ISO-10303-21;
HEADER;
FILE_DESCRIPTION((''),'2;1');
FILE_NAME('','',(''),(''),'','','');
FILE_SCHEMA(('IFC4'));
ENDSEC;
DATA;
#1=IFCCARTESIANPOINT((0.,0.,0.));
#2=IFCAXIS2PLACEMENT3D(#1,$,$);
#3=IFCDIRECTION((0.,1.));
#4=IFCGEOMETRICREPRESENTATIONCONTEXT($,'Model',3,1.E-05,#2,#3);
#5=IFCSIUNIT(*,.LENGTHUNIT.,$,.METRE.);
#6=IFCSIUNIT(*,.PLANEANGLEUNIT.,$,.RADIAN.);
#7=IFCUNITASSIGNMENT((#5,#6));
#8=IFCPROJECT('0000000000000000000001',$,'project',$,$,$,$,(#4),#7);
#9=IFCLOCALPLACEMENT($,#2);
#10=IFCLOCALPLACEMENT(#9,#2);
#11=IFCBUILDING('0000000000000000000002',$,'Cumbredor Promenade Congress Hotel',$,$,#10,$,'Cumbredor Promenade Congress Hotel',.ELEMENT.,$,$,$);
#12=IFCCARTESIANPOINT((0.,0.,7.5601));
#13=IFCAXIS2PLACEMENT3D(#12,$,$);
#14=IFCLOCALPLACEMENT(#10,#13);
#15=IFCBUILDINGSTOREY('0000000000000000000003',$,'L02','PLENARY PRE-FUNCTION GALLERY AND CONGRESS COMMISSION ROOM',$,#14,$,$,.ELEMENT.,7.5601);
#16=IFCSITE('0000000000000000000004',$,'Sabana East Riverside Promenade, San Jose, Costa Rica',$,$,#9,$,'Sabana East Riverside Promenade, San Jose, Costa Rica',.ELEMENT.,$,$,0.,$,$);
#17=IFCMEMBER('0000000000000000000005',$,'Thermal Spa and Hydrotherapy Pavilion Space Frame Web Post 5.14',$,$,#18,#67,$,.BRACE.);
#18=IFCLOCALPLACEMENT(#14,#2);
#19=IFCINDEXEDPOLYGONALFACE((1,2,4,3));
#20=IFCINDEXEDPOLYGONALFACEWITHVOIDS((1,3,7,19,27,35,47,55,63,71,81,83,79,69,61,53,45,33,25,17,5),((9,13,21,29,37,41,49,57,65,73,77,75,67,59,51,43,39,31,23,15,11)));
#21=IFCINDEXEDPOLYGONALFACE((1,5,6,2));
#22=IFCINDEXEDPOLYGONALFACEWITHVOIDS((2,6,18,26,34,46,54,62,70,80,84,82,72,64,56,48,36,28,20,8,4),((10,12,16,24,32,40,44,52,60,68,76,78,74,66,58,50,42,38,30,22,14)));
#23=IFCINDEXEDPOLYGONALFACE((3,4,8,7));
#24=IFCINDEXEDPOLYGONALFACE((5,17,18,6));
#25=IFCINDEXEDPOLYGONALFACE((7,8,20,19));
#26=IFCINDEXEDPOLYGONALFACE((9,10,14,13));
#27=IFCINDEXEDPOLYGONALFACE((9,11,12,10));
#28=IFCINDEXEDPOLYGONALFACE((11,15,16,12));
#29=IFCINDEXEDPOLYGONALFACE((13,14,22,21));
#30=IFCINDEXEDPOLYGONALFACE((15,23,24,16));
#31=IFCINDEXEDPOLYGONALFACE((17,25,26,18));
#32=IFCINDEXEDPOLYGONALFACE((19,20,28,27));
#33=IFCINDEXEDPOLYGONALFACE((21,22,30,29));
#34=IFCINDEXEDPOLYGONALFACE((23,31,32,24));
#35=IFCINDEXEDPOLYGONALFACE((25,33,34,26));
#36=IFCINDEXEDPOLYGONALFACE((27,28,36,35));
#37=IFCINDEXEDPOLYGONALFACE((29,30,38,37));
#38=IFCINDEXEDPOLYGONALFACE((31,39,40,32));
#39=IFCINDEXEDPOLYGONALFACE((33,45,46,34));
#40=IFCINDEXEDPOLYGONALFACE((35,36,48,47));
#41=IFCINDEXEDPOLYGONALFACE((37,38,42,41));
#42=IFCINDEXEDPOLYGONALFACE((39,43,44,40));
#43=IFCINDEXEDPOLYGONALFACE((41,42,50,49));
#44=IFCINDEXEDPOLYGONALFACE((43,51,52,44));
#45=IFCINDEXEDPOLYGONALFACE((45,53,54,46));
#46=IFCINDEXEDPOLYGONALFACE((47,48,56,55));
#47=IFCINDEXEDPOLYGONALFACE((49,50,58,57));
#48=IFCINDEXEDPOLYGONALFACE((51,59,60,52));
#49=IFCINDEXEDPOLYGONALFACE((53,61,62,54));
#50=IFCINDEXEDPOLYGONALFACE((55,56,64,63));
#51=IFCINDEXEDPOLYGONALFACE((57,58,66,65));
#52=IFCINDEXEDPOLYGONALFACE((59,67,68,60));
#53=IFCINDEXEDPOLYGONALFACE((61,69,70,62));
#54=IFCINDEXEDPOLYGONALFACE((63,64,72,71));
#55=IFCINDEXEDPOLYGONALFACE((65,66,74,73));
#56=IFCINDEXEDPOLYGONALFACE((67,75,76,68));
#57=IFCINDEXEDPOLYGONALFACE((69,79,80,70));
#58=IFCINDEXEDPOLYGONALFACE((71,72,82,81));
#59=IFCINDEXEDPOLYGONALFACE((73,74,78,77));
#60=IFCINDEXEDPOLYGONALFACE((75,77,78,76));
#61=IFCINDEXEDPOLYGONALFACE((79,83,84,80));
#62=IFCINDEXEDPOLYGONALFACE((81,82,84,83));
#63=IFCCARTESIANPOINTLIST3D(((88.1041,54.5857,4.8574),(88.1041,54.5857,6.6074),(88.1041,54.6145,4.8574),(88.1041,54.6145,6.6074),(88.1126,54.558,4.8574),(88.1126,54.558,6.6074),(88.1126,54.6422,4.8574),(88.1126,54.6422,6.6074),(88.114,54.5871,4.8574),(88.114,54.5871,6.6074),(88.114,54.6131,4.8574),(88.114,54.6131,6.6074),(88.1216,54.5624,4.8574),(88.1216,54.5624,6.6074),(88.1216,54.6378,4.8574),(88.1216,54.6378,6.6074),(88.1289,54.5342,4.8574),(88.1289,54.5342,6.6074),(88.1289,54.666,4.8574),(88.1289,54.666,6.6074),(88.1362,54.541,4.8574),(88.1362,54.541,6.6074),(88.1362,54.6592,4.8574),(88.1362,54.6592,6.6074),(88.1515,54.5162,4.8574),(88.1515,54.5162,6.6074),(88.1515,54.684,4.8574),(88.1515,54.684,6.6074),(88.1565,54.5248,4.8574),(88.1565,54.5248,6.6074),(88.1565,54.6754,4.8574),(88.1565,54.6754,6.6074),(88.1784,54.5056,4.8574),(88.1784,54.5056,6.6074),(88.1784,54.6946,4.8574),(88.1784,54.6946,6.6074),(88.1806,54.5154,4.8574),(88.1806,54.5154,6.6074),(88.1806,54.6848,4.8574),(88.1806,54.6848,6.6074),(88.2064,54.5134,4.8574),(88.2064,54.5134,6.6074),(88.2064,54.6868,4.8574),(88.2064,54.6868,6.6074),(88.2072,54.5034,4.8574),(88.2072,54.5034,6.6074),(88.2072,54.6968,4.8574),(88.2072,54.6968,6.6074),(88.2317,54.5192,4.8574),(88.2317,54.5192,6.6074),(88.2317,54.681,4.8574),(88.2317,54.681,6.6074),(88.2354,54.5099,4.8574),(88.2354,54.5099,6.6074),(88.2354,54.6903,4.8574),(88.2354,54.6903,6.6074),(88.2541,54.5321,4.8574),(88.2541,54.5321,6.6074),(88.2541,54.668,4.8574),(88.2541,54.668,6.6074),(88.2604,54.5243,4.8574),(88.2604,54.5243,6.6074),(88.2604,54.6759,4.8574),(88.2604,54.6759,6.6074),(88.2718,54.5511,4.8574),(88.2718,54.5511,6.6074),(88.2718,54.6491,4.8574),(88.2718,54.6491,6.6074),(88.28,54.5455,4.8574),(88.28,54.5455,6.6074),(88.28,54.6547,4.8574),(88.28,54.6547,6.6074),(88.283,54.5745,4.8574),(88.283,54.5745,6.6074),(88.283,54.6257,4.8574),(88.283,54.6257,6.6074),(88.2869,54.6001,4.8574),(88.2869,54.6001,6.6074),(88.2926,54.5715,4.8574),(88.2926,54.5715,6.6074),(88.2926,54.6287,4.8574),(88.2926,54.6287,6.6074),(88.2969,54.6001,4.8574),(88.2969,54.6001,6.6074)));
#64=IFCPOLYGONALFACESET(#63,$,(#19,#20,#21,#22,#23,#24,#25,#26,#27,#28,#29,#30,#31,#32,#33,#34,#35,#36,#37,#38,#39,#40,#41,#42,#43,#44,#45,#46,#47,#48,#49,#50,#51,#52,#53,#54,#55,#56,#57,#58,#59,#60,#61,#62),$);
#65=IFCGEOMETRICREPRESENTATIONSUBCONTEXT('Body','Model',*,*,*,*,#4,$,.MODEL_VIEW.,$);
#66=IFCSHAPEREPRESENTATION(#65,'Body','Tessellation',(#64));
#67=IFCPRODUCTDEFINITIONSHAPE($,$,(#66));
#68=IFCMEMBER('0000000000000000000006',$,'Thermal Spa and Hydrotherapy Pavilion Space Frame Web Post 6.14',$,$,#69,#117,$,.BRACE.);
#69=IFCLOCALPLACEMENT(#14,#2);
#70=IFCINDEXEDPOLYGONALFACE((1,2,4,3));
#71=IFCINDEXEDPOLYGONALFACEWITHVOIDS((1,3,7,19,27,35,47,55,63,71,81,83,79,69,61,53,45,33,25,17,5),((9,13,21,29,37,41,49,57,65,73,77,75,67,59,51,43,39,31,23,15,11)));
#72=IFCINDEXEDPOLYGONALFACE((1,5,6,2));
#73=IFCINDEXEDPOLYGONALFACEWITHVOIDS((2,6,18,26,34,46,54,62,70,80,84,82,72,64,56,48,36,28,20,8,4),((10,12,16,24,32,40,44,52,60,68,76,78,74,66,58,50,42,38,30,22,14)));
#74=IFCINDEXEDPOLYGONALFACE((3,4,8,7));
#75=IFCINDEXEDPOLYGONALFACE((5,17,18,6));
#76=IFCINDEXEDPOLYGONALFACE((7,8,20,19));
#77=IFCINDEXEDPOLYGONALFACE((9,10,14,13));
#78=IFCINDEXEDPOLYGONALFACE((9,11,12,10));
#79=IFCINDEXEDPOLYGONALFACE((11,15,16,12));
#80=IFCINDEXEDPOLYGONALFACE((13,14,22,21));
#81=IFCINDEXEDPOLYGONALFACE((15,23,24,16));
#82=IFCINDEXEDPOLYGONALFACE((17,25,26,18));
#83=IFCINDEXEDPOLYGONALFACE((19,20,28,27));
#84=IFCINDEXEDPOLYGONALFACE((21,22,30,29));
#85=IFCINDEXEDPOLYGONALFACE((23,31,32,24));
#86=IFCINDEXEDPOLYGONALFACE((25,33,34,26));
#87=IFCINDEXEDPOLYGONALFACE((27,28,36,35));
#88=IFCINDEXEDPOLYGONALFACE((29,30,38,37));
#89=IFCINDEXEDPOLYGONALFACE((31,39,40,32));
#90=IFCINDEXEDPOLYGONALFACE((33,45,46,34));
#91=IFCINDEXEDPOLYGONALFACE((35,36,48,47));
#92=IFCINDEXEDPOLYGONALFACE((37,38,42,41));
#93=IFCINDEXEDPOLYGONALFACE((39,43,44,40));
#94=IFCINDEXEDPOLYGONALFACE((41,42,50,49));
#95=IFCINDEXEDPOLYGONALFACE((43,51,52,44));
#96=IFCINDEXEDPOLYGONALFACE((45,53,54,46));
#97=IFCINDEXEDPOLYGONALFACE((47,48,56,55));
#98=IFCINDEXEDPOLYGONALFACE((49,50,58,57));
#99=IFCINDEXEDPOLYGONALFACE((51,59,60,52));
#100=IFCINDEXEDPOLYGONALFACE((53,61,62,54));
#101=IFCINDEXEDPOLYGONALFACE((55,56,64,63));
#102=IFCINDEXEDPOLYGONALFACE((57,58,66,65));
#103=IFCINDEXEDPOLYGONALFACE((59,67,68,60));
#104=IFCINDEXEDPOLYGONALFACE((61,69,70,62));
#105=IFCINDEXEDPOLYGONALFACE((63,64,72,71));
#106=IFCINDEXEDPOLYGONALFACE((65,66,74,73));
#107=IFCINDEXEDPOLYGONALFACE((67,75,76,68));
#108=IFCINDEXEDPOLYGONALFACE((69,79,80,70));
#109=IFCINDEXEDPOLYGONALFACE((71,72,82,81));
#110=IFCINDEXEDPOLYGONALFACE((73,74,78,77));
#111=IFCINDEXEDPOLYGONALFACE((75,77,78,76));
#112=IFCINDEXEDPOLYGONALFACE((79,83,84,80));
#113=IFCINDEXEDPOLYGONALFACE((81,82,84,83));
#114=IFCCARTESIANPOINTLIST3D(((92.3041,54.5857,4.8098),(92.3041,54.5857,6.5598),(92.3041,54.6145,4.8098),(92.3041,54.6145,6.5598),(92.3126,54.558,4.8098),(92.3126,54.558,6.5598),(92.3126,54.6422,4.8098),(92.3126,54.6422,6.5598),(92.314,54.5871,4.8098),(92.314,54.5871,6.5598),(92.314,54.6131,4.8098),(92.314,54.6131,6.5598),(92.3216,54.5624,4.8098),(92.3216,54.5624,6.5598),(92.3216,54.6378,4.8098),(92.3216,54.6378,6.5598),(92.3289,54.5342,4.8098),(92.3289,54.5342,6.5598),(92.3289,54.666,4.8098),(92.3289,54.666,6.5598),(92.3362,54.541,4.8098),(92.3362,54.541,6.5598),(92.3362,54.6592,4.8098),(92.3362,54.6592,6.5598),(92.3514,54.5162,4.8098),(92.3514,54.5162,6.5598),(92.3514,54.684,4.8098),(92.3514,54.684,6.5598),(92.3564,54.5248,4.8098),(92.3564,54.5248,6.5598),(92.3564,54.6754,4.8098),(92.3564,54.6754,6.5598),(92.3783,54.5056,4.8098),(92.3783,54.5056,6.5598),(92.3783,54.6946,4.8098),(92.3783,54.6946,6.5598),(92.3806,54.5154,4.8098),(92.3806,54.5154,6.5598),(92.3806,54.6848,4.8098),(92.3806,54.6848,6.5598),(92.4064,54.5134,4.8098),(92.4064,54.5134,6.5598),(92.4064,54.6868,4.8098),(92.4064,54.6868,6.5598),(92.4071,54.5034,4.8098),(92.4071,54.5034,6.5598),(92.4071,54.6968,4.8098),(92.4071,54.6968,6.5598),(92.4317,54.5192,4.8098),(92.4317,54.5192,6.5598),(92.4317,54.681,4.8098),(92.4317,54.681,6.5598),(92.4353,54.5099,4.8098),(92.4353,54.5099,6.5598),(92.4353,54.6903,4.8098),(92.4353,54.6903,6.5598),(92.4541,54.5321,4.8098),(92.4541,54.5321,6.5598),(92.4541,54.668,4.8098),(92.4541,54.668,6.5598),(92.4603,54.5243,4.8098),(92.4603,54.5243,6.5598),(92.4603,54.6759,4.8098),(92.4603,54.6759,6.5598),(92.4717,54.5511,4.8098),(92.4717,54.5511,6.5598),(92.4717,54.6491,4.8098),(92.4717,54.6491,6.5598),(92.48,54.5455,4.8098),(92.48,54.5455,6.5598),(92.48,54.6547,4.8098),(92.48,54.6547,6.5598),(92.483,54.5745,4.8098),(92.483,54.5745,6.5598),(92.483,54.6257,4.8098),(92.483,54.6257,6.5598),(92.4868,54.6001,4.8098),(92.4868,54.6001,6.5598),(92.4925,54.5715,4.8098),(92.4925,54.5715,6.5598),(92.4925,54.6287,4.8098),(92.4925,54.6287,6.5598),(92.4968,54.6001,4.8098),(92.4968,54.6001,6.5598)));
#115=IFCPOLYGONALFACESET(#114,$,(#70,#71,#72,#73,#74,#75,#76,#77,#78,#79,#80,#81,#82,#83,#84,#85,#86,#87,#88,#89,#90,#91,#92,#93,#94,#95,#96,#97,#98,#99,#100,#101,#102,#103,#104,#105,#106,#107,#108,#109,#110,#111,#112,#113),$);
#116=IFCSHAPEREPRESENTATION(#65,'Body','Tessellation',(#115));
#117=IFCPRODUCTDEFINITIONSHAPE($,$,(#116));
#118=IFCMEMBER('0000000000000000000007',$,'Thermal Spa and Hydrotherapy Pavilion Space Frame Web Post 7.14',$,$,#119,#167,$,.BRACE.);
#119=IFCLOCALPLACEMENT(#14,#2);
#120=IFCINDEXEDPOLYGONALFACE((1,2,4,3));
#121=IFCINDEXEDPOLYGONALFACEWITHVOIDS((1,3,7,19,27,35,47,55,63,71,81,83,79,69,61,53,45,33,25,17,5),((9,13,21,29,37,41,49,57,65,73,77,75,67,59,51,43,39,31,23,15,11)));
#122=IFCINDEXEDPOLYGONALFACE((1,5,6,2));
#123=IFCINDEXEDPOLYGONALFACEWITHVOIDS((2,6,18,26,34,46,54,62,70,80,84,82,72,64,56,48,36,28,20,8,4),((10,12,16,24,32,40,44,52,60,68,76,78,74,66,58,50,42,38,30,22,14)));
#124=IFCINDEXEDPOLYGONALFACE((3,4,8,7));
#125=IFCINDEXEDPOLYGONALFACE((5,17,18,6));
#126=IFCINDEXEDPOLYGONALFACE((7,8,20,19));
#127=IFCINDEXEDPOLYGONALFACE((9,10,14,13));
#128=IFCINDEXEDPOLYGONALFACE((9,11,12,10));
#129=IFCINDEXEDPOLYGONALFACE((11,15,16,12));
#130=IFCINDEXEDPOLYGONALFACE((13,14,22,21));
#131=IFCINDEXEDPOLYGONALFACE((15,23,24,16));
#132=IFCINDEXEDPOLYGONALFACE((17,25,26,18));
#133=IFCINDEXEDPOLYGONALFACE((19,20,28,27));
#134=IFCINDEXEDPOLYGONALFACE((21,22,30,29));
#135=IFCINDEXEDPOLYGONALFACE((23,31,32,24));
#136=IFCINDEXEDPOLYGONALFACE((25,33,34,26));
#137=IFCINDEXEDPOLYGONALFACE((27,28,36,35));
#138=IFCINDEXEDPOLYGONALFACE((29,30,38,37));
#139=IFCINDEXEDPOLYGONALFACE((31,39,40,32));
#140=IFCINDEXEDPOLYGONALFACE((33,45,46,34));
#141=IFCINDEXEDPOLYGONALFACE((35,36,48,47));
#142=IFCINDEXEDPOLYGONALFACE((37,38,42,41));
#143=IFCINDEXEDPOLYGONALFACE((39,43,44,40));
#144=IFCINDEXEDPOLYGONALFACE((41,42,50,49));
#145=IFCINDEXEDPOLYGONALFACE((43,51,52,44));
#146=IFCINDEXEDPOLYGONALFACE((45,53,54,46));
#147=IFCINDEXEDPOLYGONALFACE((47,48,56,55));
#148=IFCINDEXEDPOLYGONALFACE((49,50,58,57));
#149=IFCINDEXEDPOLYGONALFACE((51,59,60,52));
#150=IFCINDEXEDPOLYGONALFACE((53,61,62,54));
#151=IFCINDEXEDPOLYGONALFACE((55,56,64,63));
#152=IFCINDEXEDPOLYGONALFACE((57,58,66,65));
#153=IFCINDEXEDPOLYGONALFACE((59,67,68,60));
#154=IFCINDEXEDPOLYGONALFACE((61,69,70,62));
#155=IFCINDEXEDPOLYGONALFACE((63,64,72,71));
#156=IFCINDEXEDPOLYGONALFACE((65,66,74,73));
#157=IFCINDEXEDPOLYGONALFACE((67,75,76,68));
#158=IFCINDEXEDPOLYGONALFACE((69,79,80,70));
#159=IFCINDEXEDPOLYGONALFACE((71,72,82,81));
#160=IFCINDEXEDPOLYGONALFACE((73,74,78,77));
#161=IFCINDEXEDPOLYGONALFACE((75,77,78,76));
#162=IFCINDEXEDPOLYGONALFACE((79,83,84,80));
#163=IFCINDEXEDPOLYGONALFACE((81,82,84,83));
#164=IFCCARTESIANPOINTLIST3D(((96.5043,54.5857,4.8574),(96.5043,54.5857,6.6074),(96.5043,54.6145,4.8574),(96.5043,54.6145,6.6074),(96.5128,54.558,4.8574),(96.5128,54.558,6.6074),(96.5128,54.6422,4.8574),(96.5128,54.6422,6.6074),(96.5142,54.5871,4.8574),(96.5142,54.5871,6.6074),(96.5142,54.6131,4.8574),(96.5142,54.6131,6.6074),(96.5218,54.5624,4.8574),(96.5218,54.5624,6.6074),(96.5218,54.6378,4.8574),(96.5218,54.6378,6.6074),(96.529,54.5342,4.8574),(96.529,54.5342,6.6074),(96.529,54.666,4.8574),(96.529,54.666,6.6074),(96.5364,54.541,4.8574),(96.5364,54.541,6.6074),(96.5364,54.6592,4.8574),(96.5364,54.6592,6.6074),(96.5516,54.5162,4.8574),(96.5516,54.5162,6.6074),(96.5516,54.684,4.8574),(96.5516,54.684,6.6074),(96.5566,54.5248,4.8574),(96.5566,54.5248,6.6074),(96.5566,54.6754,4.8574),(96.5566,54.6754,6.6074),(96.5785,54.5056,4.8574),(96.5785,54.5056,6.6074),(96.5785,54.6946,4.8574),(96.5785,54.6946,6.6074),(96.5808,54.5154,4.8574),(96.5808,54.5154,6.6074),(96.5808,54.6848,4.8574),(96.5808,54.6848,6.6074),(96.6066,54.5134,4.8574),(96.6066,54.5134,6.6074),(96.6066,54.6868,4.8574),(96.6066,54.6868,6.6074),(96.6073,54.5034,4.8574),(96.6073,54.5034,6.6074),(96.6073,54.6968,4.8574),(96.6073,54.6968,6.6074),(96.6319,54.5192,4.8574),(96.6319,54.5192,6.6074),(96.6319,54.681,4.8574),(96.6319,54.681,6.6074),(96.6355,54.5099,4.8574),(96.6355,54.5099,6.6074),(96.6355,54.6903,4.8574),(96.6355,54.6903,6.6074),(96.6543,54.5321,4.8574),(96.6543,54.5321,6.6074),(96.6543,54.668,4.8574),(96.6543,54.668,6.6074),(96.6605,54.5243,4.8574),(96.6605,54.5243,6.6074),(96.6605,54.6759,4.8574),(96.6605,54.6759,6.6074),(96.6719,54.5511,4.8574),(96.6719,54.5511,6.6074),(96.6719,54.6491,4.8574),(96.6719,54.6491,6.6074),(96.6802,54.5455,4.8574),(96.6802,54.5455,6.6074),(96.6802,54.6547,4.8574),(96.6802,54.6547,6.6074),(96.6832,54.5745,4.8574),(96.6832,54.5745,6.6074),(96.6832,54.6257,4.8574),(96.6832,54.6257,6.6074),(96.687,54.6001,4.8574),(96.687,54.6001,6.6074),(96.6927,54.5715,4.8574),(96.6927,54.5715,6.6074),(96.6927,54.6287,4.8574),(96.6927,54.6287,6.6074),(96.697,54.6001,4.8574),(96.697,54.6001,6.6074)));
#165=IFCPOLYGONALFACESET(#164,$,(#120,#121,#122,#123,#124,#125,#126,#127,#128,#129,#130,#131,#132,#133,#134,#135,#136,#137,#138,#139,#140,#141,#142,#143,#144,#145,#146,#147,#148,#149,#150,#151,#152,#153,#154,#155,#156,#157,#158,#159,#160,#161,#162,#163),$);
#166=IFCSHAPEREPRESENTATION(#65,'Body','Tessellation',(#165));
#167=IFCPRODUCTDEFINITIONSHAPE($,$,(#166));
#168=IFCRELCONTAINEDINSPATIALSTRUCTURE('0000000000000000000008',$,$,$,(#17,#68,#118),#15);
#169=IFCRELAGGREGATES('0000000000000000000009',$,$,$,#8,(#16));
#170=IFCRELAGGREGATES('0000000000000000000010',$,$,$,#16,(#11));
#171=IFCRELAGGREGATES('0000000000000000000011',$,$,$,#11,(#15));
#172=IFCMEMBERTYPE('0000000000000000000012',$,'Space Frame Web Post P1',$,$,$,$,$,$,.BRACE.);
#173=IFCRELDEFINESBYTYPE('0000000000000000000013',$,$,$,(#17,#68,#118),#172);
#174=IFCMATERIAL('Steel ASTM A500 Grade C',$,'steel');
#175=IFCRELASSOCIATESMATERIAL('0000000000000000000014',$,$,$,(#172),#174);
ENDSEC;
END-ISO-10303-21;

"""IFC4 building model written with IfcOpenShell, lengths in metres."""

from ifc_helpers import new_model, si_unit, direction, frame, origin, origin_2d, place, context, subcontext, project, spatial, hollow_circle, extrude, material, material_profile, profile_set, type_object, element, save


model = new_model("IFC4")

# Units and contexts
model_context = context("Model", 3, precision=1e-05, world=origin(), true_north=direction((0.0, 1.0)))
body_context = subcontext(model_context, "Body", "Model", "MODEL_VIEW")
ifc_project = project(units=[si_unit("LENGTHUNIT", "METRE"), si_unit("PLANEANGLEUNIT", "RADIAN")], contexts=[model_context])

# Site, building, storey
site_placement = place(None, origin())
site = spatial("IfcSite", under=ifc_project, at=site_placement, Name="Sabana East Riverside Promenade, San Jose, Costa Rica", LongName="Sabana East Riverside Promenade, San Jose, Costa Rica", CompositionType="ELEMENT", RefElevation=0.0)
building_placement = place(site_placement, origin())
building = spatial("IfcBuilding", under=site, at=building_placement, Name="Cumbredor Promenade Congress Hotel", LongName="Cumbredor Promenade Congress Hotel", CompositionType="ELEMENT")
storey_placement = place(building_placement, frame((0.0, 0.0, 7.5601)))
storey = spatial("IfcBuildingStorey", under=building, at=storey_placement, Name="L02", Description="PLENARY PRE-FUNCTION GALLERY AND CONGRESS COMMISSION ROOM", CompositionType="ELEMENT", Elevation=7.5601)

# Members
ifc_material_1 = material(Name="Steel ASTM A500 Grade C", Category="steel")
ifc_material_profile_1 = material_profile(ifc_material_1, hollow_circle(Radius=0.0969, WallThickness=0.01, at=origin_2d()), Name="CHS 193.7x10")
ifc_profile_set_1 = profile_set([ifc_material_profile_1], Name="Steel ASTM A500 Grade C")
member_type_1 = type_object("IfcMemberType", Name="Space Frame Web Post P1", PredefinedType="BRACE", material=ifc_profile_set_1)
for number, where, z_axis, x_axis, name in (
    (1, (88.2, 54.6001, 4.8574), (0.0, 0.0, 1.0), (1.0, 0.0, 0.0), "Thermal Spa and Hydrotherapy Pavilion Space Frame Web Post 5.14"),
    (2, (92.3999, 54.6001, 4.8098), (0.0, 0.0, 1.0), (1.0, 0.0, 0.0), "Thermal Spa and Hydrotherapy Pavilion Space Frame Web Post 6.14"),
    (3, (96.6001, 54.6001, 4.8574), (0.0, 0.0, 1.0), (1.0, 0.0, 0.0), "Thermal Spa and Hydrotherapy Pavilion Space Frame Web Post 7.14"),
):
    element("IfcMember", number, at=place(storey_placement, frame(where, z_axis=z_axis, x_axis=x_axis)), inside=storey, type_object=member_type_1, Name=name, PredefinedType="BRACE", context=body_context, shape_type="SweptSolid", body=[
        extrude(hollow_circle(Radius=0.0969, WallThickness=0.01, at=origin_2d()), origin(), (0.0, 0.0, 1.0), 1.75),
    ])

save(model, "model.ifc")
